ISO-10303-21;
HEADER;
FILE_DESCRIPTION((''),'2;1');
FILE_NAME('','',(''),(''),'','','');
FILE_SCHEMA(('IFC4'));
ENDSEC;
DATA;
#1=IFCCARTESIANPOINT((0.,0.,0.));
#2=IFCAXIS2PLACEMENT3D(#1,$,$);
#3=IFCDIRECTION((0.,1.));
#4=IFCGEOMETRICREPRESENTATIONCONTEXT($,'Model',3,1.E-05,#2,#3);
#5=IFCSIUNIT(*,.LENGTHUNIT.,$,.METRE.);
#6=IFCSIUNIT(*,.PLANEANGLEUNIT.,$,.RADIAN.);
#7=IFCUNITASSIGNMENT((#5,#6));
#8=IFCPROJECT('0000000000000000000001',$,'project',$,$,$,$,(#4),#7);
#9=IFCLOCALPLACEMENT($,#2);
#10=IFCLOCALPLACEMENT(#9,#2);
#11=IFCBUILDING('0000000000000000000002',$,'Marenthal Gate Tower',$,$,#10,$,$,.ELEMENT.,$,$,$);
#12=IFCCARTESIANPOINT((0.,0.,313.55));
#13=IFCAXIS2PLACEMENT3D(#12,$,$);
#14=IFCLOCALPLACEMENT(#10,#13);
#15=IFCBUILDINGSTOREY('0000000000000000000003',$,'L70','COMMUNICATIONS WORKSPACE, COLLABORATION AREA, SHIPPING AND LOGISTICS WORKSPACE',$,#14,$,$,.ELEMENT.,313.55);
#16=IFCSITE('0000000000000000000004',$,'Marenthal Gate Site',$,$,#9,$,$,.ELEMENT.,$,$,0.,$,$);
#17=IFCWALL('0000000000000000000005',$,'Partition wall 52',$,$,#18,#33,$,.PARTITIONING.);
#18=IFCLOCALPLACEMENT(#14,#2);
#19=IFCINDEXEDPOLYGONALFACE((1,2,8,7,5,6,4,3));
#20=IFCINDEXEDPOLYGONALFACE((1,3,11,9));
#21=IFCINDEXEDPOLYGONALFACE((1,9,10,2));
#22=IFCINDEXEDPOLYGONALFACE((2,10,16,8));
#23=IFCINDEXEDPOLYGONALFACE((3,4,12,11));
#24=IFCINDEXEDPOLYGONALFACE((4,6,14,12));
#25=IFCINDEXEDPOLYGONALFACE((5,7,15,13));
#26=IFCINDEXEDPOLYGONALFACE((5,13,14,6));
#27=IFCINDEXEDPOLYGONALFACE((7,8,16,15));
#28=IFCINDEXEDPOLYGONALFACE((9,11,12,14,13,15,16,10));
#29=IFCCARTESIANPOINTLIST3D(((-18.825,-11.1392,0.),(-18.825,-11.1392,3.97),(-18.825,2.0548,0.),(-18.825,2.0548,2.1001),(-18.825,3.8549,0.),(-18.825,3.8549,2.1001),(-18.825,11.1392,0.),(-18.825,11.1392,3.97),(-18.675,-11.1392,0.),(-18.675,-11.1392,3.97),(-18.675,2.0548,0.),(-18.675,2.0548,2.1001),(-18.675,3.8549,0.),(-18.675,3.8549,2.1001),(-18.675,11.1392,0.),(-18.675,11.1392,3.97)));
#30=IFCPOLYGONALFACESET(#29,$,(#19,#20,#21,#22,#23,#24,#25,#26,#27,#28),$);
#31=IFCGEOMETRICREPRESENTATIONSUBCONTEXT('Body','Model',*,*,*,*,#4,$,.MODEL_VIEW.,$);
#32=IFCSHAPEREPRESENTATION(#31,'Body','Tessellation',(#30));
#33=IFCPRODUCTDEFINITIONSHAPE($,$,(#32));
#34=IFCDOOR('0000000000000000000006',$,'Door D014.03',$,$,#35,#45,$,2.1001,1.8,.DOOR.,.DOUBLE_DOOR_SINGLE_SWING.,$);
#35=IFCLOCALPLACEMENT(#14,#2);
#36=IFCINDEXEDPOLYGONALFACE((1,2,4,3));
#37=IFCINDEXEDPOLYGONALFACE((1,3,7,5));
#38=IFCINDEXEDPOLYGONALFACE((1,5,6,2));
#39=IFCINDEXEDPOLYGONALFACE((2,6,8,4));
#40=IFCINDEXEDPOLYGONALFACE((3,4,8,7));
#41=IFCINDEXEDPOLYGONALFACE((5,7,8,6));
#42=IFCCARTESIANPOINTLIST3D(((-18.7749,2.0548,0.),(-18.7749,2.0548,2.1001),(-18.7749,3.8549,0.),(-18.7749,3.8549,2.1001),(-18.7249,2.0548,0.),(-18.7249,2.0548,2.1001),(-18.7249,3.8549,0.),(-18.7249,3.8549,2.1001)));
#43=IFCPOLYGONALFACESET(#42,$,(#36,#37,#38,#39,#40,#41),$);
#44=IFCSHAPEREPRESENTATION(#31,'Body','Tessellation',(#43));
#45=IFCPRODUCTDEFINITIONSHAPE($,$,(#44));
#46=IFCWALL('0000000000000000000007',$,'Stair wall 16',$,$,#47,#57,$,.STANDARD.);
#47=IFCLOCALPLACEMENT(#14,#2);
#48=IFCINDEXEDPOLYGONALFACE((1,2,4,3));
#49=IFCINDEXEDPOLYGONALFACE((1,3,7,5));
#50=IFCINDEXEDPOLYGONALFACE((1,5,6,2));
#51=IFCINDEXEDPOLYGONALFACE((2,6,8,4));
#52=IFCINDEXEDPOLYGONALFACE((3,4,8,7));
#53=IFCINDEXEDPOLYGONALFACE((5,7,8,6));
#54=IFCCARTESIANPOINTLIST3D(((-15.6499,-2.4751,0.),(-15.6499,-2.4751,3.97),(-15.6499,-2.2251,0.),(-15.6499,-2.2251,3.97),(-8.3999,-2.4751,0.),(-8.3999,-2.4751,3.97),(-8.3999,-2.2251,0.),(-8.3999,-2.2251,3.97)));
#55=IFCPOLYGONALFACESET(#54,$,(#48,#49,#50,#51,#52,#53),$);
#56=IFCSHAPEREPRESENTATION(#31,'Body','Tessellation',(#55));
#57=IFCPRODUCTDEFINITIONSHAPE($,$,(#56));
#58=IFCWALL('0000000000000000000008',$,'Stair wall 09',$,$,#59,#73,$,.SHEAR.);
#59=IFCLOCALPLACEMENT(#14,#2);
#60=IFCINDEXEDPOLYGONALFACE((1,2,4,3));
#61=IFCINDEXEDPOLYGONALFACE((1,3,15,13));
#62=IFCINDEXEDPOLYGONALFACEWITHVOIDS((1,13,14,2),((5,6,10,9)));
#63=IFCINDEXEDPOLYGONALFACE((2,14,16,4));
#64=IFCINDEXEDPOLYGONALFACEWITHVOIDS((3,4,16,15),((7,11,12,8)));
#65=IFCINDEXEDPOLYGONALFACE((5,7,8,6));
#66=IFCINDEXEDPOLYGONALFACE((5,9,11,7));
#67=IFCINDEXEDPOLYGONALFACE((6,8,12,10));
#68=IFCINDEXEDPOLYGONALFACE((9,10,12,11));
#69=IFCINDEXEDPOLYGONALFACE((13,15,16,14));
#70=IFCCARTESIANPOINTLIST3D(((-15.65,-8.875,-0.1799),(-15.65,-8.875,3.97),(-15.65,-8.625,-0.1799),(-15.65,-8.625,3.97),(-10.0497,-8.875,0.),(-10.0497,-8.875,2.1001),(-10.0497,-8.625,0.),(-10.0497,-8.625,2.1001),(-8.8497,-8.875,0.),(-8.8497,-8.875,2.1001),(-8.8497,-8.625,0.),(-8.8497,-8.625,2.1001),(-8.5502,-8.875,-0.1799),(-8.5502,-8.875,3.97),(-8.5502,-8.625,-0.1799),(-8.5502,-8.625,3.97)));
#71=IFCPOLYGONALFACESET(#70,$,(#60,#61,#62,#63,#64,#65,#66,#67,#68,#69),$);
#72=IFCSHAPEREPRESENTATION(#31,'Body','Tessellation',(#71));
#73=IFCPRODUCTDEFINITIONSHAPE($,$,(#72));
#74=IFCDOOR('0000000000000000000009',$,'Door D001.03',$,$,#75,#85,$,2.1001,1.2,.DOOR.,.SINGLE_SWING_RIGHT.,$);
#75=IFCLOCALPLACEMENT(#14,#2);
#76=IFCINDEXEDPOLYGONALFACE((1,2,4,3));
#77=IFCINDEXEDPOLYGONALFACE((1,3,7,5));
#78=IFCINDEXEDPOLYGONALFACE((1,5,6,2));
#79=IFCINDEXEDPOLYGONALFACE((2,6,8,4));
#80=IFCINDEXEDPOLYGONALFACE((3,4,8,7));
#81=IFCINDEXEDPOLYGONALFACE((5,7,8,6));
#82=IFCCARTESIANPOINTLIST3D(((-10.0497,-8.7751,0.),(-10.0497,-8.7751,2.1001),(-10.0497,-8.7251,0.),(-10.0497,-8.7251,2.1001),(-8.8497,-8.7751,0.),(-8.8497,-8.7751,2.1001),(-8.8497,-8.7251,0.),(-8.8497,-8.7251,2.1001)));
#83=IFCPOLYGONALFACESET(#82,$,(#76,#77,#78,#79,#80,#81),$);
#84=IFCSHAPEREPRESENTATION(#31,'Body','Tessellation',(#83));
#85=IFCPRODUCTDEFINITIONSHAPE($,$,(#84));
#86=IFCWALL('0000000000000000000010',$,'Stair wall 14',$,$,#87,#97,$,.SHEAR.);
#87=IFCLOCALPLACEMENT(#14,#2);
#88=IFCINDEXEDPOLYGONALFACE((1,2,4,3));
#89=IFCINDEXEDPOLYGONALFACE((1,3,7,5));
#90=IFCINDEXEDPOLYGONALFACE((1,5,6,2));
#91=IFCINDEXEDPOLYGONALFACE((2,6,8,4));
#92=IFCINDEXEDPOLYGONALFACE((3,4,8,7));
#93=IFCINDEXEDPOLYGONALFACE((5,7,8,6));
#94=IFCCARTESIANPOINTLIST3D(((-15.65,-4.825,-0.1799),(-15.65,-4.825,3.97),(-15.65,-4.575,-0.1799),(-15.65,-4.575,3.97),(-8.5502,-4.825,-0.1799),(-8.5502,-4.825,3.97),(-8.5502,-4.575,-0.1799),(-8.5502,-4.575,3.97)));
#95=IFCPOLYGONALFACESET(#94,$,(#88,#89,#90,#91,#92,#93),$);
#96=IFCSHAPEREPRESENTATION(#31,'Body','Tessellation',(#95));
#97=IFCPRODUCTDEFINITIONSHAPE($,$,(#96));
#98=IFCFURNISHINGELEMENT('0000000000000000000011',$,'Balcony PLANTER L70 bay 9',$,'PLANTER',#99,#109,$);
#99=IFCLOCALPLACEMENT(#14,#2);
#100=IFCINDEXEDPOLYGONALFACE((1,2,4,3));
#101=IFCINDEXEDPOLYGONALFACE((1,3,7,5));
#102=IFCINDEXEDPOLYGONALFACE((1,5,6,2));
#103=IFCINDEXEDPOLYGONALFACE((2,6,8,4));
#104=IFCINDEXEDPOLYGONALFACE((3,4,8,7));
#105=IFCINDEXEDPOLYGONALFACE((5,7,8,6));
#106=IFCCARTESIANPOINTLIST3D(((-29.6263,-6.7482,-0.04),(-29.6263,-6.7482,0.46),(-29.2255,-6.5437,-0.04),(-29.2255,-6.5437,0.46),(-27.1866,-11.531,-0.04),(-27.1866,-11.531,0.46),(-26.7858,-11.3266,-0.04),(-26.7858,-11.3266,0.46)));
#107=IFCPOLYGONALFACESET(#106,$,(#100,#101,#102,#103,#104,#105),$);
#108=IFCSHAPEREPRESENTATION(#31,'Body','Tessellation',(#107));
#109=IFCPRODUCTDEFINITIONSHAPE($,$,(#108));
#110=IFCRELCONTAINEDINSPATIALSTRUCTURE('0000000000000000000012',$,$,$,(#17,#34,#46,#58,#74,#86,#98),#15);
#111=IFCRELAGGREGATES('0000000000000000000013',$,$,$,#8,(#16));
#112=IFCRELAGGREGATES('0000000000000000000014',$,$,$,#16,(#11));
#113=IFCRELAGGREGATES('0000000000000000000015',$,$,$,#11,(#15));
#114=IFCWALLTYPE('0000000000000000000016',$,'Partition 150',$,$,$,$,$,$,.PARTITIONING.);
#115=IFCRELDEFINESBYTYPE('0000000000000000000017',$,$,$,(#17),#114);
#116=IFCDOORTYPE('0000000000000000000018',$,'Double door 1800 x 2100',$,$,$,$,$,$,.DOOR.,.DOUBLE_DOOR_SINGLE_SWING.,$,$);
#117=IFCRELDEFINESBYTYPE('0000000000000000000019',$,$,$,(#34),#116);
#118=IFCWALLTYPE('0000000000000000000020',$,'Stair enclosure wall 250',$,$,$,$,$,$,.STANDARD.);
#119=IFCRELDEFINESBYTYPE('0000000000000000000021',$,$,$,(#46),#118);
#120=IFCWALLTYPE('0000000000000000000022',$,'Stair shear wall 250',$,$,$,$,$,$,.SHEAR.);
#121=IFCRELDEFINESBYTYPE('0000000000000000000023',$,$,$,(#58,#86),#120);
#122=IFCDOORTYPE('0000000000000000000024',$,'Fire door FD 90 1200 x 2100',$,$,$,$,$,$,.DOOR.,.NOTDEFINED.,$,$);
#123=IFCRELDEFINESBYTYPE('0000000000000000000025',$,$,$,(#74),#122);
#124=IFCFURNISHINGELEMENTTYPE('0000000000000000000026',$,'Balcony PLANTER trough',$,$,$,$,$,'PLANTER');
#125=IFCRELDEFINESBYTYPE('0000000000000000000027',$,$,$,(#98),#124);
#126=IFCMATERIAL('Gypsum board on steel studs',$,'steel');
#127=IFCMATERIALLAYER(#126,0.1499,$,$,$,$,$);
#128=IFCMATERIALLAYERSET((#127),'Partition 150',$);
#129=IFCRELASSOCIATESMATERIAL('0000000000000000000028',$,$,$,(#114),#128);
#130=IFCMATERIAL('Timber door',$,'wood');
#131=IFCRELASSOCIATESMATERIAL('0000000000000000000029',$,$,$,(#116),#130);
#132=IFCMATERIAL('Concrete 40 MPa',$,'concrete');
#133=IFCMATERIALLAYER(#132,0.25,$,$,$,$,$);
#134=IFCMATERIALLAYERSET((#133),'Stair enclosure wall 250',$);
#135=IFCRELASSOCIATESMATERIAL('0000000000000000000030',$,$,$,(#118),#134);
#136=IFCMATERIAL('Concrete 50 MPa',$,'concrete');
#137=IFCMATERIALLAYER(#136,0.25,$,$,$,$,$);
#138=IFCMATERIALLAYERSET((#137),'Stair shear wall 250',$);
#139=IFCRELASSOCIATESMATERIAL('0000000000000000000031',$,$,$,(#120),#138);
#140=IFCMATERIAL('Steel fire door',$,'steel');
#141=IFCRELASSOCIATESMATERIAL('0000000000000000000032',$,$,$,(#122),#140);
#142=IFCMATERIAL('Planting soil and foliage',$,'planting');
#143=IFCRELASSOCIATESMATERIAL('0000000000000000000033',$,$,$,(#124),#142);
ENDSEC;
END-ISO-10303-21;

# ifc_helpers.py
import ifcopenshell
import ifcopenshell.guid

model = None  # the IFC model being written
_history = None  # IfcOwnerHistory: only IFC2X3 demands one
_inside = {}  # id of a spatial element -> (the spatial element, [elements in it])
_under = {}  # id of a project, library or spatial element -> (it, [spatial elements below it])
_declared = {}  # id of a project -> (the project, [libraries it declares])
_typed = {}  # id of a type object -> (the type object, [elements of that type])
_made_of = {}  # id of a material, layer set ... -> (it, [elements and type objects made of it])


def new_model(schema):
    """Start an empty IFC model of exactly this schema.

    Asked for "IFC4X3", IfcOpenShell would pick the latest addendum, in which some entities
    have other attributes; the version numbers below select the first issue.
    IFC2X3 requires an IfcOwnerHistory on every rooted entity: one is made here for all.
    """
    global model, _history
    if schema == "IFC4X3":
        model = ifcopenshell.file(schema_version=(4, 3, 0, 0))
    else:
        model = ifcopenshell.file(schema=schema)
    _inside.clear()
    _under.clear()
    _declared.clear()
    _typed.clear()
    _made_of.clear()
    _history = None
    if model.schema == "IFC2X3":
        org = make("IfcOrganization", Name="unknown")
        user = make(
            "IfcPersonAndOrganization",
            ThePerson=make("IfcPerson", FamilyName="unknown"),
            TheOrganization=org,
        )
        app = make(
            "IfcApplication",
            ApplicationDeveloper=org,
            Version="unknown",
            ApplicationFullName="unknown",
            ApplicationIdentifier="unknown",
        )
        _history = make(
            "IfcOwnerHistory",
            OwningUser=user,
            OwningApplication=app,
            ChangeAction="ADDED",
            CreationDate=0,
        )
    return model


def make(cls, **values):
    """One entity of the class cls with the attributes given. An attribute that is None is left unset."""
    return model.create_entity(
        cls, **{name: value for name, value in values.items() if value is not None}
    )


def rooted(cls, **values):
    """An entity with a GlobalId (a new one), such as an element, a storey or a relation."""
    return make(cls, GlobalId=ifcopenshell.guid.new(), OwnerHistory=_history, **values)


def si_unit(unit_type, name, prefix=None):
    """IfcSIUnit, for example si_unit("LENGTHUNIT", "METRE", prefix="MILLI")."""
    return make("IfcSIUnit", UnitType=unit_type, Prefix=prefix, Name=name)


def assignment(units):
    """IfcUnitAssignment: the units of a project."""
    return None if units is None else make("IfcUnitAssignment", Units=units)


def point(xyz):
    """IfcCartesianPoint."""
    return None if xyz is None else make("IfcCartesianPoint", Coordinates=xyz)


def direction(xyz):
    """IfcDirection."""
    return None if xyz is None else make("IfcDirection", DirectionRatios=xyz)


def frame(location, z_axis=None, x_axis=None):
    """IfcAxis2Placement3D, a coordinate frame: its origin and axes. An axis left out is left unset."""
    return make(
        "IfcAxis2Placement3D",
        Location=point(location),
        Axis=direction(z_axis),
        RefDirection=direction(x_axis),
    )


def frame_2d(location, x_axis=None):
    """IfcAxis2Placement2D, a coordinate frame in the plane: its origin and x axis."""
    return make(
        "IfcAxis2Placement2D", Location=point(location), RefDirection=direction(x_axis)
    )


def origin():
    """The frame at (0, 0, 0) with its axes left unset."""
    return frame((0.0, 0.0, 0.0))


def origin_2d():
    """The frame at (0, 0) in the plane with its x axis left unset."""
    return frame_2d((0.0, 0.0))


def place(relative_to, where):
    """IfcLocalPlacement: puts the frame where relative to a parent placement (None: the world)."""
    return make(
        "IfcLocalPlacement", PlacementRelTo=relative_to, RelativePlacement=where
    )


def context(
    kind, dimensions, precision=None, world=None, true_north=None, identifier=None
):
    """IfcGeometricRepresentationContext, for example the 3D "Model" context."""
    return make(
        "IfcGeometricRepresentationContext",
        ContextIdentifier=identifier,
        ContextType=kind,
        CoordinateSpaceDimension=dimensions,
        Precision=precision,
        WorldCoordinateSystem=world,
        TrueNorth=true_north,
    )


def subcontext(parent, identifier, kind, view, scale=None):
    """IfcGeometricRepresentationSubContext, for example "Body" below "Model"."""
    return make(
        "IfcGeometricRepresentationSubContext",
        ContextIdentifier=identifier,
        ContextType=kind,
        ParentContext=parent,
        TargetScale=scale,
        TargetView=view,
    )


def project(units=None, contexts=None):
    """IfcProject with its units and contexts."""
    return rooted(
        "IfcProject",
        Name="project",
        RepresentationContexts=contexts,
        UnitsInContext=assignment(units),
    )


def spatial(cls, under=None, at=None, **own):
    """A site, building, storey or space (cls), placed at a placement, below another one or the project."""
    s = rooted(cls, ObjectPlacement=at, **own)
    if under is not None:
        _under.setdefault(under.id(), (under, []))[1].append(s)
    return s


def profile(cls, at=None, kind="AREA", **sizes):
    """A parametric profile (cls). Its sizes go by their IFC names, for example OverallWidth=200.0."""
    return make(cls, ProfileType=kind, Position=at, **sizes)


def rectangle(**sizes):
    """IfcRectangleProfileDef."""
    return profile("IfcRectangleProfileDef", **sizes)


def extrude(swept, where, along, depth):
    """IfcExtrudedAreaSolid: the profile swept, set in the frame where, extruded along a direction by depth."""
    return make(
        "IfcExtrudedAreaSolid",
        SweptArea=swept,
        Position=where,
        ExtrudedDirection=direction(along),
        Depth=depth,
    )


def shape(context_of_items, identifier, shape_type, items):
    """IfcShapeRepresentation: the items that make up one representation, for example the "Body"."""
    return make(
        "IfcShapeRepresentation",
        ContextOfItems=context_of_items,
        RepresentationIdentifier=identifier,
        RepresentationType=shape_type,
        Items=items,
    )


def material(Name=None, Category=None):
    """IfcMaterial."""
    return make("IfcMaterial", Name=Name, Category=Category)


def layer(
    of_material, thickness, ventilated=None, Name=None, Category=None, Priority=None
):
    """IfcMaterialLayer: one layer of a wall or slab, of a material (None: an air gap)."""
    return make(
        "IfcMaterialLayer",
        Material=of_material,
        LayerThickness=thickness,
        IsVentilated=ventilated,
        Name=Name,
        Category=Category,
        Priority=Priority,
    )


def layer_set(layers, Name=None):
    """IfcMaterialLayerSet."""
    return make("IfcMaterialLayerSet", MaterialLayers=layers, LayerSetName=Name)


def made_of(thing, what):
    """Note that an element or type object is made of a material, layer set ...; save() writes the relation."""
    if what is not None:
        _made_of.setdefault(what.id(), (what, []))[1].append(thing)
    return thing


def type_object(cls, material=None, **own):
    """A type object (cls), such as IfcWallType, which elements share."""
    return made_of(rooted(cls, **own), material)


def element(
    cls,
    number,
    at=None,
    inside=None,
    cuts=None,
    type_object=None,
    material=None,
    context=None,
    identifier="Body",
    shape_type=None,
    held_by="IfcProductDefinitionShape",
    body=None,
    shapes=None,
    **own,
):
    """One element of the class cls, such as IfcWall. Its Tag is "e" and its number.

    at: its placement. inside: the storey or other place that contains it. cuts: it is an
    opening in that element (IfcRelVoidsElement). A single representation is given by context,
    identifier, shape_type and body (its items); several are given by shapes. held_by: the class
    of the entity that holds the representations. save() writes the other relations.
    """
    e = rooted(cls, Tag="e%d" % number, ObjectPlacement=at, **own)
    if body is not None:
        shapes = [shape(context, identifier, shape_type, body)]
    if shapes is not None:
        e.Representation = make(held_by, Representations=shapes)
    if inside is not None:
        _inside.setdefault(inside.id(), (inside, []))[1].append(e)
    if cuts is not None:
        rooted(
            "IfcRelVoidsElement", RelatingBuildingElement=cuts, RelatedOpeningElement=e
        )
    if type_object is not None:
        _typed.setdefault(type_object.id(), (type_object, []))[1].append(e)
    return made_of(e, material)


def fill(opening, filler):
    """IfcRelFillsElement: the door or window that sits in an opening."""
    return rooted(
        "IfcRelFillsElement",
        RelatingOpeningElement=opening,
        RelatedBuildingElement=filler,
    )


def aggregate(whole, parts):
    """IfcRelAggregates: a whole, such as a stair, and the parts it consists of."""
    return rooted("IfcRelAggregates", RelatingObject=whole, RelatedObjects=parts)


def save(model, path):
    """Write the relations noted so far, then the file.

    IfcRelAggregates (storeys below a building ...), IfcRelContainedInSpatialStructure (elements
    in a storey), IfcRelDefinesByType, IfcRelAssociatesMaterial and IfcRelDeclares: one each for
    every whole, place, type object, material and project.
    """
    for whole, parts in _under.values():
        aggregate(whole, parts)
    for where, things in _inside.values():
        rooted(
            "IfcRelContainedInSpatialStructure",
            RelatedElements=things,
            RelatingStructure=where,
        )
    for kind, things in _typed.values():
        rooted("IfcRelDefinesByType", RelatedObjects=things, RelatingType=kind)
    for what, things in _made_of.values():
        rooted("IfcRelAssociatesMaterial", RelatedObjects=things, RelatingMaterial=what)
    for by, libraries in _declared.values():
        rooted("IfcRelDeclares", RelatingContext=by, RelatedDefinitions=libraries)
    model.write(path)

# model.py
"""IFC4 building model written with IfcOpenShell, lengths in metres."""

from ifc_helpers import new_model, si_unit, direction, frame, frame_2d, origin, origin_2d, place, context, subcontext, project, spatial, rectangle, extrude, material, layer, layer_set, type_object, element, fill, save


model = new_model("IFC4")

# Units and contexts
model_context = context("Model", 3, precision=1e-05, world=origin(), true_north=direction((0.0, 1.0)))
body_context = subcontext(model_context, "Body", "Model", "MODEL_VIEW")
ifc_project = project(units=[si_unit("LENGTHUNIT", "METRE"), si_unit("PLANEANGLEUNIT", "RADIAN")], contexts=[model_context])

# Site, building, storey
site_placement = place(None, origin())
site = spatial("IfcSite", under=ifc_project, at=site_placement, Name="Marenthal Gate Site", CompositionType="ELEMENT", RefElevation=0.0)
building_placement = place(site_placement, origin())
building = spatial("IfcBuilding", under=site, at=building_placement, Name="Marenthal Gate Tower", CompositionType="ELEMENT")
storey_placement = place(building_placement, frame((0.0, 0.0, 313.55)))
storey = spatial("IfcBuildingStorey", under=building, at=storey_placement, Name="L70", Description="COMMUNICATIONS WORKSPACE, COLLABORATION AREA, SHIPPING AND LOGISTICS WORKSPACE", CompositionType="ELEMENT", Elevation=313.55)

# Wall, opening, door
ifc_material_1 = material(Name="Gypsum board on steel studs", Category="steel")
ifc_layer_1 = layer(ifc_material_1, 0.1499)
ifc_layer_set_1 = layer_set([ifc_layer_1], Name="Partition 150")
wall_type_1 = type_object("IfcWallType", Name="Partition 150", PredefinedType="PARTITIONING", material=ifc_layer_set_1)
wall_1_placement = place(storey_placement, frame((-18.75, -11.1392, 0.0), z_axis=(0.0, 0.0, 1.0), x_axis=(0.0, 1.0, 0.0)))
wall_1 = element("IfcWall", 1, at=wall_1_placement, inside=storey, type_object=wall_type_1, Name="Partition wall 52", PredefinedType="PARTITIONING", context=body_context, shape_type="SweptSolid", body=[
    extrude(rectangle(XDim=22.2783, YDim=0.1499, at=frame_2d((11.1392, 0.0))), origin(), (0.0, 0.0, 1.0), 3.97),
])
opening_1_placement = place(wall_1_placement, frame((13.1941, 0.0, 0.0)))
opening_1 = element("IfcOpeningElement", 2, at=opening_1_placement, cuts=wall_1, PredefinedType="OPENING", context=body_context, shape_type="SweptSolid", body=[
    extrude(rectangle(XDim=1.8, YDim=2.1001, at=frame_2d((0.8999, 1.05))), frame((0.0, 0.085, 0.0), z_axis=(0.0, -1.0, 0.0), x_axis=(1.0, 0.0, 0.0)), (0.0, 0.0, 1.0), 0.1699),
])
ifc_material_2 = material(Name="Timber door", Category="wood")
door_type_1 = type_object("IfcDoorType", Name="Double door 1800 x 2100", OperationType="DOUBLE_DOOR_SINGLE_SWING", PredefinedType="DOOR", material=ifc_material_2)
door_1_placement = place(opening_1_placement, origin())
door_1 = element("IfcDoor", 3, at=door_1_placement, inside=storey, type_object=door_type_1, Name="Door D014.03", OperationType="DOUBLE_DOOR_SINGLE_SWING", OverallHeight=2.1001, OverallWidth=1.8, PredefinedType="DOOR", context=body_context, shape_type="SweptSolid", body=[
    extrude(rectangle(XDim=1.8, YDim=2.1001, at=frame_2d((0.8999, 1.05))), frame((0.0, 0.0249, 0.0), z_axis=(0.0, -1.0, 0.0), x_axis=(1.0, 0.0, 0.0)), (0.0, 0.0, 1.0), 0.05),
])
fill(opening_1, door_1)

# Wall
ifc_material_3 = material(Name="Concrete 40 MPa", Category="concrete")
ifc_layer_2 = layer(ifc_material_3, 0.25)
ifc_layer_set_2 = layer_set([ifc_layer_2], Name="Stair enclosure wall 250")
wall_type_2 = type_object("IfcWallType", Name="Stair enclosure wall 250", PredefinedType="STANDARD", material=ifc_layer_set_2)
wall_2_placement = place(storey_placement, frame((-15.6499, -2.3501, 0.0), z_axis=(0.0, 0.0, 1.0), x_axis=(1.0, 0.0, 0.0)))
element("IfcWall", 4, at=wall_2_placement, inside=storey, type_object=wall_type_2, Name="Stair wall 16", PredefinedType="STANDARD", context=body_context, shape_type="SweptSolid", body=[
    extrude(rectangle(XDim=7.25, YDim=0.25, at=frame_2d((3.625, 0.0))), origin(), (0.0, 0.0, 1.0), 3.97),
])

# Wall, opening, door
ifc_material_4 = material(Name="Concrete 50 MPa", Category="concrete")
ifc_layer_3 = layer(ifc_material_4, 0.25)
ifc_layer_set_3 = layer_set([ifc_layer_3], Name="Stair shear wall 250")
wall_type_3 = type_object("IfcWallType", Name="Stair shear wall 250", PredefinedType="SHEAR", material=ifc_layer_set_3)
wall_3_placement = place(storey_placement, frame((-15.6499, -8.75, -0.1799), z_axis=(0.0, 0.0, 1.0), x_axis=(1.0, 0.0, 0.0)))
wall_3 = element("IfcWall", 5, at=wall_3_placement, inside=storey, type_object=wall_type_3, Name="Stair wall 09", PredefinedType="SHEAR", context=body_context, shape_type="SweptSolid", body=[
    extrude(rectangle(XDim=7.0999, YDim=0.25, at=frame_2d((3.5498, 0.0))), origin(), (0.0, 0.0, 1.0), 4.1499),
])
opening_2_placement = place(wall_3_placement, frame((5.6001, 0.0, 0.1799)))
opening_2 = element("IfcOpeningElement", 6, at=opening_2_placement, cuts=wall_3, PredefinedType="OPENING", context=body_context, shape_type="SweptSolid", body=[
    extrude(rectangle(XDim=1.2, YDim=2.1001, at=frame_2d((0.6001, 1.05))), frame((0.0, 0.135, 0.0), z_axis=(0.0, -1.0, 0.0), x_axis=(1.0, 0.0, 0.0)), (0.0, 0.0, 1.0), 0.27),
])
ifc_material_5 = material(Name="Steel fire door", Category="steel")
door_type_2 = type_object("IfcDoorType", Name="Fire door FD 90 1200 x 2100", OperationType="NOTDEFINED", PredefinedType="DOOR", material=ifc_material_5)
door_2_placement = place(opening_2_placement, origin())
door_2 = element("IfcDoor", 7, at=door_2_placement, inside=storey, type_object=door_type_2, Name="Door D001.03", OperationType="SINGLE_SWING_RIGHT", OverallHeight=2.1001, OverallWidth=1.2, PredefinedType="DOOR", context=body_context, shape_type="SweptSolid", body=[
    extrude(rectangle(XDim=1.2, YDim=2.1001, at=frame_2d((0.6001, 1.05))), frame((0.0, 0.0249, 0.0), z_axis=(0.0, -1.0, 0.0), x_axis=(1.0, 0.0, 0.0)), (0.0, 0.0, 1.0), 0.05),
])
fill(opening_2, door_2)

# Wall
wall_4_placement = place(storey_placement, frame((-15.6499, -4.7, -0.1799), z_axis=(0.0, 0.0, 1.0), x_axis=(1.0, 0.0, 0.0)))
element("IfcWall", 8, at=wall_4_placement, inside=storey, type_object=wall_type_3, Name="Stair wall 14", PredefinedType="SHEAR", context=body_context, shape_type="SweptSolid", body=[
    extrude(rectangle(XDim=7.0999, YDim=0.25, at=frame_2d((3.5498, 0.0))), origin(), (0.0, 0.0, 1.0), 4.1499),
])

# Furnishing element
ifc_material_6 = material(Name="Planting soil and foliage", Category="planting")
furnishing_element_type = type_object("IfcFurnishingElementType", Name="Balcony PLANTER trough", ElementType="PLANTER", material=ifc_material_6)
furnishing_placement = place(storey_placement, frame((-28.2061, -9.0374, -0.04), z_axis=(0.0, 0.0, 1.0), x_axis=(0.454389, -0.890803, 0.0)))
element("IfcFurnishingElement", 9, at=furnishing_placement, inside=storey, type_object=furnishing_element_type, Name="Balcony PLANTER L70 bay 9", ObjectType="PLANTER", context=body_context, shape_type="SweptSolid", body=[
    extrude(rectangle(XDim=5.3691, YDim=0.45, at=origin_2d()), origin(), (0.0, 0.0, 1.0), 0.5),
])

save(model, "model.ifc")
